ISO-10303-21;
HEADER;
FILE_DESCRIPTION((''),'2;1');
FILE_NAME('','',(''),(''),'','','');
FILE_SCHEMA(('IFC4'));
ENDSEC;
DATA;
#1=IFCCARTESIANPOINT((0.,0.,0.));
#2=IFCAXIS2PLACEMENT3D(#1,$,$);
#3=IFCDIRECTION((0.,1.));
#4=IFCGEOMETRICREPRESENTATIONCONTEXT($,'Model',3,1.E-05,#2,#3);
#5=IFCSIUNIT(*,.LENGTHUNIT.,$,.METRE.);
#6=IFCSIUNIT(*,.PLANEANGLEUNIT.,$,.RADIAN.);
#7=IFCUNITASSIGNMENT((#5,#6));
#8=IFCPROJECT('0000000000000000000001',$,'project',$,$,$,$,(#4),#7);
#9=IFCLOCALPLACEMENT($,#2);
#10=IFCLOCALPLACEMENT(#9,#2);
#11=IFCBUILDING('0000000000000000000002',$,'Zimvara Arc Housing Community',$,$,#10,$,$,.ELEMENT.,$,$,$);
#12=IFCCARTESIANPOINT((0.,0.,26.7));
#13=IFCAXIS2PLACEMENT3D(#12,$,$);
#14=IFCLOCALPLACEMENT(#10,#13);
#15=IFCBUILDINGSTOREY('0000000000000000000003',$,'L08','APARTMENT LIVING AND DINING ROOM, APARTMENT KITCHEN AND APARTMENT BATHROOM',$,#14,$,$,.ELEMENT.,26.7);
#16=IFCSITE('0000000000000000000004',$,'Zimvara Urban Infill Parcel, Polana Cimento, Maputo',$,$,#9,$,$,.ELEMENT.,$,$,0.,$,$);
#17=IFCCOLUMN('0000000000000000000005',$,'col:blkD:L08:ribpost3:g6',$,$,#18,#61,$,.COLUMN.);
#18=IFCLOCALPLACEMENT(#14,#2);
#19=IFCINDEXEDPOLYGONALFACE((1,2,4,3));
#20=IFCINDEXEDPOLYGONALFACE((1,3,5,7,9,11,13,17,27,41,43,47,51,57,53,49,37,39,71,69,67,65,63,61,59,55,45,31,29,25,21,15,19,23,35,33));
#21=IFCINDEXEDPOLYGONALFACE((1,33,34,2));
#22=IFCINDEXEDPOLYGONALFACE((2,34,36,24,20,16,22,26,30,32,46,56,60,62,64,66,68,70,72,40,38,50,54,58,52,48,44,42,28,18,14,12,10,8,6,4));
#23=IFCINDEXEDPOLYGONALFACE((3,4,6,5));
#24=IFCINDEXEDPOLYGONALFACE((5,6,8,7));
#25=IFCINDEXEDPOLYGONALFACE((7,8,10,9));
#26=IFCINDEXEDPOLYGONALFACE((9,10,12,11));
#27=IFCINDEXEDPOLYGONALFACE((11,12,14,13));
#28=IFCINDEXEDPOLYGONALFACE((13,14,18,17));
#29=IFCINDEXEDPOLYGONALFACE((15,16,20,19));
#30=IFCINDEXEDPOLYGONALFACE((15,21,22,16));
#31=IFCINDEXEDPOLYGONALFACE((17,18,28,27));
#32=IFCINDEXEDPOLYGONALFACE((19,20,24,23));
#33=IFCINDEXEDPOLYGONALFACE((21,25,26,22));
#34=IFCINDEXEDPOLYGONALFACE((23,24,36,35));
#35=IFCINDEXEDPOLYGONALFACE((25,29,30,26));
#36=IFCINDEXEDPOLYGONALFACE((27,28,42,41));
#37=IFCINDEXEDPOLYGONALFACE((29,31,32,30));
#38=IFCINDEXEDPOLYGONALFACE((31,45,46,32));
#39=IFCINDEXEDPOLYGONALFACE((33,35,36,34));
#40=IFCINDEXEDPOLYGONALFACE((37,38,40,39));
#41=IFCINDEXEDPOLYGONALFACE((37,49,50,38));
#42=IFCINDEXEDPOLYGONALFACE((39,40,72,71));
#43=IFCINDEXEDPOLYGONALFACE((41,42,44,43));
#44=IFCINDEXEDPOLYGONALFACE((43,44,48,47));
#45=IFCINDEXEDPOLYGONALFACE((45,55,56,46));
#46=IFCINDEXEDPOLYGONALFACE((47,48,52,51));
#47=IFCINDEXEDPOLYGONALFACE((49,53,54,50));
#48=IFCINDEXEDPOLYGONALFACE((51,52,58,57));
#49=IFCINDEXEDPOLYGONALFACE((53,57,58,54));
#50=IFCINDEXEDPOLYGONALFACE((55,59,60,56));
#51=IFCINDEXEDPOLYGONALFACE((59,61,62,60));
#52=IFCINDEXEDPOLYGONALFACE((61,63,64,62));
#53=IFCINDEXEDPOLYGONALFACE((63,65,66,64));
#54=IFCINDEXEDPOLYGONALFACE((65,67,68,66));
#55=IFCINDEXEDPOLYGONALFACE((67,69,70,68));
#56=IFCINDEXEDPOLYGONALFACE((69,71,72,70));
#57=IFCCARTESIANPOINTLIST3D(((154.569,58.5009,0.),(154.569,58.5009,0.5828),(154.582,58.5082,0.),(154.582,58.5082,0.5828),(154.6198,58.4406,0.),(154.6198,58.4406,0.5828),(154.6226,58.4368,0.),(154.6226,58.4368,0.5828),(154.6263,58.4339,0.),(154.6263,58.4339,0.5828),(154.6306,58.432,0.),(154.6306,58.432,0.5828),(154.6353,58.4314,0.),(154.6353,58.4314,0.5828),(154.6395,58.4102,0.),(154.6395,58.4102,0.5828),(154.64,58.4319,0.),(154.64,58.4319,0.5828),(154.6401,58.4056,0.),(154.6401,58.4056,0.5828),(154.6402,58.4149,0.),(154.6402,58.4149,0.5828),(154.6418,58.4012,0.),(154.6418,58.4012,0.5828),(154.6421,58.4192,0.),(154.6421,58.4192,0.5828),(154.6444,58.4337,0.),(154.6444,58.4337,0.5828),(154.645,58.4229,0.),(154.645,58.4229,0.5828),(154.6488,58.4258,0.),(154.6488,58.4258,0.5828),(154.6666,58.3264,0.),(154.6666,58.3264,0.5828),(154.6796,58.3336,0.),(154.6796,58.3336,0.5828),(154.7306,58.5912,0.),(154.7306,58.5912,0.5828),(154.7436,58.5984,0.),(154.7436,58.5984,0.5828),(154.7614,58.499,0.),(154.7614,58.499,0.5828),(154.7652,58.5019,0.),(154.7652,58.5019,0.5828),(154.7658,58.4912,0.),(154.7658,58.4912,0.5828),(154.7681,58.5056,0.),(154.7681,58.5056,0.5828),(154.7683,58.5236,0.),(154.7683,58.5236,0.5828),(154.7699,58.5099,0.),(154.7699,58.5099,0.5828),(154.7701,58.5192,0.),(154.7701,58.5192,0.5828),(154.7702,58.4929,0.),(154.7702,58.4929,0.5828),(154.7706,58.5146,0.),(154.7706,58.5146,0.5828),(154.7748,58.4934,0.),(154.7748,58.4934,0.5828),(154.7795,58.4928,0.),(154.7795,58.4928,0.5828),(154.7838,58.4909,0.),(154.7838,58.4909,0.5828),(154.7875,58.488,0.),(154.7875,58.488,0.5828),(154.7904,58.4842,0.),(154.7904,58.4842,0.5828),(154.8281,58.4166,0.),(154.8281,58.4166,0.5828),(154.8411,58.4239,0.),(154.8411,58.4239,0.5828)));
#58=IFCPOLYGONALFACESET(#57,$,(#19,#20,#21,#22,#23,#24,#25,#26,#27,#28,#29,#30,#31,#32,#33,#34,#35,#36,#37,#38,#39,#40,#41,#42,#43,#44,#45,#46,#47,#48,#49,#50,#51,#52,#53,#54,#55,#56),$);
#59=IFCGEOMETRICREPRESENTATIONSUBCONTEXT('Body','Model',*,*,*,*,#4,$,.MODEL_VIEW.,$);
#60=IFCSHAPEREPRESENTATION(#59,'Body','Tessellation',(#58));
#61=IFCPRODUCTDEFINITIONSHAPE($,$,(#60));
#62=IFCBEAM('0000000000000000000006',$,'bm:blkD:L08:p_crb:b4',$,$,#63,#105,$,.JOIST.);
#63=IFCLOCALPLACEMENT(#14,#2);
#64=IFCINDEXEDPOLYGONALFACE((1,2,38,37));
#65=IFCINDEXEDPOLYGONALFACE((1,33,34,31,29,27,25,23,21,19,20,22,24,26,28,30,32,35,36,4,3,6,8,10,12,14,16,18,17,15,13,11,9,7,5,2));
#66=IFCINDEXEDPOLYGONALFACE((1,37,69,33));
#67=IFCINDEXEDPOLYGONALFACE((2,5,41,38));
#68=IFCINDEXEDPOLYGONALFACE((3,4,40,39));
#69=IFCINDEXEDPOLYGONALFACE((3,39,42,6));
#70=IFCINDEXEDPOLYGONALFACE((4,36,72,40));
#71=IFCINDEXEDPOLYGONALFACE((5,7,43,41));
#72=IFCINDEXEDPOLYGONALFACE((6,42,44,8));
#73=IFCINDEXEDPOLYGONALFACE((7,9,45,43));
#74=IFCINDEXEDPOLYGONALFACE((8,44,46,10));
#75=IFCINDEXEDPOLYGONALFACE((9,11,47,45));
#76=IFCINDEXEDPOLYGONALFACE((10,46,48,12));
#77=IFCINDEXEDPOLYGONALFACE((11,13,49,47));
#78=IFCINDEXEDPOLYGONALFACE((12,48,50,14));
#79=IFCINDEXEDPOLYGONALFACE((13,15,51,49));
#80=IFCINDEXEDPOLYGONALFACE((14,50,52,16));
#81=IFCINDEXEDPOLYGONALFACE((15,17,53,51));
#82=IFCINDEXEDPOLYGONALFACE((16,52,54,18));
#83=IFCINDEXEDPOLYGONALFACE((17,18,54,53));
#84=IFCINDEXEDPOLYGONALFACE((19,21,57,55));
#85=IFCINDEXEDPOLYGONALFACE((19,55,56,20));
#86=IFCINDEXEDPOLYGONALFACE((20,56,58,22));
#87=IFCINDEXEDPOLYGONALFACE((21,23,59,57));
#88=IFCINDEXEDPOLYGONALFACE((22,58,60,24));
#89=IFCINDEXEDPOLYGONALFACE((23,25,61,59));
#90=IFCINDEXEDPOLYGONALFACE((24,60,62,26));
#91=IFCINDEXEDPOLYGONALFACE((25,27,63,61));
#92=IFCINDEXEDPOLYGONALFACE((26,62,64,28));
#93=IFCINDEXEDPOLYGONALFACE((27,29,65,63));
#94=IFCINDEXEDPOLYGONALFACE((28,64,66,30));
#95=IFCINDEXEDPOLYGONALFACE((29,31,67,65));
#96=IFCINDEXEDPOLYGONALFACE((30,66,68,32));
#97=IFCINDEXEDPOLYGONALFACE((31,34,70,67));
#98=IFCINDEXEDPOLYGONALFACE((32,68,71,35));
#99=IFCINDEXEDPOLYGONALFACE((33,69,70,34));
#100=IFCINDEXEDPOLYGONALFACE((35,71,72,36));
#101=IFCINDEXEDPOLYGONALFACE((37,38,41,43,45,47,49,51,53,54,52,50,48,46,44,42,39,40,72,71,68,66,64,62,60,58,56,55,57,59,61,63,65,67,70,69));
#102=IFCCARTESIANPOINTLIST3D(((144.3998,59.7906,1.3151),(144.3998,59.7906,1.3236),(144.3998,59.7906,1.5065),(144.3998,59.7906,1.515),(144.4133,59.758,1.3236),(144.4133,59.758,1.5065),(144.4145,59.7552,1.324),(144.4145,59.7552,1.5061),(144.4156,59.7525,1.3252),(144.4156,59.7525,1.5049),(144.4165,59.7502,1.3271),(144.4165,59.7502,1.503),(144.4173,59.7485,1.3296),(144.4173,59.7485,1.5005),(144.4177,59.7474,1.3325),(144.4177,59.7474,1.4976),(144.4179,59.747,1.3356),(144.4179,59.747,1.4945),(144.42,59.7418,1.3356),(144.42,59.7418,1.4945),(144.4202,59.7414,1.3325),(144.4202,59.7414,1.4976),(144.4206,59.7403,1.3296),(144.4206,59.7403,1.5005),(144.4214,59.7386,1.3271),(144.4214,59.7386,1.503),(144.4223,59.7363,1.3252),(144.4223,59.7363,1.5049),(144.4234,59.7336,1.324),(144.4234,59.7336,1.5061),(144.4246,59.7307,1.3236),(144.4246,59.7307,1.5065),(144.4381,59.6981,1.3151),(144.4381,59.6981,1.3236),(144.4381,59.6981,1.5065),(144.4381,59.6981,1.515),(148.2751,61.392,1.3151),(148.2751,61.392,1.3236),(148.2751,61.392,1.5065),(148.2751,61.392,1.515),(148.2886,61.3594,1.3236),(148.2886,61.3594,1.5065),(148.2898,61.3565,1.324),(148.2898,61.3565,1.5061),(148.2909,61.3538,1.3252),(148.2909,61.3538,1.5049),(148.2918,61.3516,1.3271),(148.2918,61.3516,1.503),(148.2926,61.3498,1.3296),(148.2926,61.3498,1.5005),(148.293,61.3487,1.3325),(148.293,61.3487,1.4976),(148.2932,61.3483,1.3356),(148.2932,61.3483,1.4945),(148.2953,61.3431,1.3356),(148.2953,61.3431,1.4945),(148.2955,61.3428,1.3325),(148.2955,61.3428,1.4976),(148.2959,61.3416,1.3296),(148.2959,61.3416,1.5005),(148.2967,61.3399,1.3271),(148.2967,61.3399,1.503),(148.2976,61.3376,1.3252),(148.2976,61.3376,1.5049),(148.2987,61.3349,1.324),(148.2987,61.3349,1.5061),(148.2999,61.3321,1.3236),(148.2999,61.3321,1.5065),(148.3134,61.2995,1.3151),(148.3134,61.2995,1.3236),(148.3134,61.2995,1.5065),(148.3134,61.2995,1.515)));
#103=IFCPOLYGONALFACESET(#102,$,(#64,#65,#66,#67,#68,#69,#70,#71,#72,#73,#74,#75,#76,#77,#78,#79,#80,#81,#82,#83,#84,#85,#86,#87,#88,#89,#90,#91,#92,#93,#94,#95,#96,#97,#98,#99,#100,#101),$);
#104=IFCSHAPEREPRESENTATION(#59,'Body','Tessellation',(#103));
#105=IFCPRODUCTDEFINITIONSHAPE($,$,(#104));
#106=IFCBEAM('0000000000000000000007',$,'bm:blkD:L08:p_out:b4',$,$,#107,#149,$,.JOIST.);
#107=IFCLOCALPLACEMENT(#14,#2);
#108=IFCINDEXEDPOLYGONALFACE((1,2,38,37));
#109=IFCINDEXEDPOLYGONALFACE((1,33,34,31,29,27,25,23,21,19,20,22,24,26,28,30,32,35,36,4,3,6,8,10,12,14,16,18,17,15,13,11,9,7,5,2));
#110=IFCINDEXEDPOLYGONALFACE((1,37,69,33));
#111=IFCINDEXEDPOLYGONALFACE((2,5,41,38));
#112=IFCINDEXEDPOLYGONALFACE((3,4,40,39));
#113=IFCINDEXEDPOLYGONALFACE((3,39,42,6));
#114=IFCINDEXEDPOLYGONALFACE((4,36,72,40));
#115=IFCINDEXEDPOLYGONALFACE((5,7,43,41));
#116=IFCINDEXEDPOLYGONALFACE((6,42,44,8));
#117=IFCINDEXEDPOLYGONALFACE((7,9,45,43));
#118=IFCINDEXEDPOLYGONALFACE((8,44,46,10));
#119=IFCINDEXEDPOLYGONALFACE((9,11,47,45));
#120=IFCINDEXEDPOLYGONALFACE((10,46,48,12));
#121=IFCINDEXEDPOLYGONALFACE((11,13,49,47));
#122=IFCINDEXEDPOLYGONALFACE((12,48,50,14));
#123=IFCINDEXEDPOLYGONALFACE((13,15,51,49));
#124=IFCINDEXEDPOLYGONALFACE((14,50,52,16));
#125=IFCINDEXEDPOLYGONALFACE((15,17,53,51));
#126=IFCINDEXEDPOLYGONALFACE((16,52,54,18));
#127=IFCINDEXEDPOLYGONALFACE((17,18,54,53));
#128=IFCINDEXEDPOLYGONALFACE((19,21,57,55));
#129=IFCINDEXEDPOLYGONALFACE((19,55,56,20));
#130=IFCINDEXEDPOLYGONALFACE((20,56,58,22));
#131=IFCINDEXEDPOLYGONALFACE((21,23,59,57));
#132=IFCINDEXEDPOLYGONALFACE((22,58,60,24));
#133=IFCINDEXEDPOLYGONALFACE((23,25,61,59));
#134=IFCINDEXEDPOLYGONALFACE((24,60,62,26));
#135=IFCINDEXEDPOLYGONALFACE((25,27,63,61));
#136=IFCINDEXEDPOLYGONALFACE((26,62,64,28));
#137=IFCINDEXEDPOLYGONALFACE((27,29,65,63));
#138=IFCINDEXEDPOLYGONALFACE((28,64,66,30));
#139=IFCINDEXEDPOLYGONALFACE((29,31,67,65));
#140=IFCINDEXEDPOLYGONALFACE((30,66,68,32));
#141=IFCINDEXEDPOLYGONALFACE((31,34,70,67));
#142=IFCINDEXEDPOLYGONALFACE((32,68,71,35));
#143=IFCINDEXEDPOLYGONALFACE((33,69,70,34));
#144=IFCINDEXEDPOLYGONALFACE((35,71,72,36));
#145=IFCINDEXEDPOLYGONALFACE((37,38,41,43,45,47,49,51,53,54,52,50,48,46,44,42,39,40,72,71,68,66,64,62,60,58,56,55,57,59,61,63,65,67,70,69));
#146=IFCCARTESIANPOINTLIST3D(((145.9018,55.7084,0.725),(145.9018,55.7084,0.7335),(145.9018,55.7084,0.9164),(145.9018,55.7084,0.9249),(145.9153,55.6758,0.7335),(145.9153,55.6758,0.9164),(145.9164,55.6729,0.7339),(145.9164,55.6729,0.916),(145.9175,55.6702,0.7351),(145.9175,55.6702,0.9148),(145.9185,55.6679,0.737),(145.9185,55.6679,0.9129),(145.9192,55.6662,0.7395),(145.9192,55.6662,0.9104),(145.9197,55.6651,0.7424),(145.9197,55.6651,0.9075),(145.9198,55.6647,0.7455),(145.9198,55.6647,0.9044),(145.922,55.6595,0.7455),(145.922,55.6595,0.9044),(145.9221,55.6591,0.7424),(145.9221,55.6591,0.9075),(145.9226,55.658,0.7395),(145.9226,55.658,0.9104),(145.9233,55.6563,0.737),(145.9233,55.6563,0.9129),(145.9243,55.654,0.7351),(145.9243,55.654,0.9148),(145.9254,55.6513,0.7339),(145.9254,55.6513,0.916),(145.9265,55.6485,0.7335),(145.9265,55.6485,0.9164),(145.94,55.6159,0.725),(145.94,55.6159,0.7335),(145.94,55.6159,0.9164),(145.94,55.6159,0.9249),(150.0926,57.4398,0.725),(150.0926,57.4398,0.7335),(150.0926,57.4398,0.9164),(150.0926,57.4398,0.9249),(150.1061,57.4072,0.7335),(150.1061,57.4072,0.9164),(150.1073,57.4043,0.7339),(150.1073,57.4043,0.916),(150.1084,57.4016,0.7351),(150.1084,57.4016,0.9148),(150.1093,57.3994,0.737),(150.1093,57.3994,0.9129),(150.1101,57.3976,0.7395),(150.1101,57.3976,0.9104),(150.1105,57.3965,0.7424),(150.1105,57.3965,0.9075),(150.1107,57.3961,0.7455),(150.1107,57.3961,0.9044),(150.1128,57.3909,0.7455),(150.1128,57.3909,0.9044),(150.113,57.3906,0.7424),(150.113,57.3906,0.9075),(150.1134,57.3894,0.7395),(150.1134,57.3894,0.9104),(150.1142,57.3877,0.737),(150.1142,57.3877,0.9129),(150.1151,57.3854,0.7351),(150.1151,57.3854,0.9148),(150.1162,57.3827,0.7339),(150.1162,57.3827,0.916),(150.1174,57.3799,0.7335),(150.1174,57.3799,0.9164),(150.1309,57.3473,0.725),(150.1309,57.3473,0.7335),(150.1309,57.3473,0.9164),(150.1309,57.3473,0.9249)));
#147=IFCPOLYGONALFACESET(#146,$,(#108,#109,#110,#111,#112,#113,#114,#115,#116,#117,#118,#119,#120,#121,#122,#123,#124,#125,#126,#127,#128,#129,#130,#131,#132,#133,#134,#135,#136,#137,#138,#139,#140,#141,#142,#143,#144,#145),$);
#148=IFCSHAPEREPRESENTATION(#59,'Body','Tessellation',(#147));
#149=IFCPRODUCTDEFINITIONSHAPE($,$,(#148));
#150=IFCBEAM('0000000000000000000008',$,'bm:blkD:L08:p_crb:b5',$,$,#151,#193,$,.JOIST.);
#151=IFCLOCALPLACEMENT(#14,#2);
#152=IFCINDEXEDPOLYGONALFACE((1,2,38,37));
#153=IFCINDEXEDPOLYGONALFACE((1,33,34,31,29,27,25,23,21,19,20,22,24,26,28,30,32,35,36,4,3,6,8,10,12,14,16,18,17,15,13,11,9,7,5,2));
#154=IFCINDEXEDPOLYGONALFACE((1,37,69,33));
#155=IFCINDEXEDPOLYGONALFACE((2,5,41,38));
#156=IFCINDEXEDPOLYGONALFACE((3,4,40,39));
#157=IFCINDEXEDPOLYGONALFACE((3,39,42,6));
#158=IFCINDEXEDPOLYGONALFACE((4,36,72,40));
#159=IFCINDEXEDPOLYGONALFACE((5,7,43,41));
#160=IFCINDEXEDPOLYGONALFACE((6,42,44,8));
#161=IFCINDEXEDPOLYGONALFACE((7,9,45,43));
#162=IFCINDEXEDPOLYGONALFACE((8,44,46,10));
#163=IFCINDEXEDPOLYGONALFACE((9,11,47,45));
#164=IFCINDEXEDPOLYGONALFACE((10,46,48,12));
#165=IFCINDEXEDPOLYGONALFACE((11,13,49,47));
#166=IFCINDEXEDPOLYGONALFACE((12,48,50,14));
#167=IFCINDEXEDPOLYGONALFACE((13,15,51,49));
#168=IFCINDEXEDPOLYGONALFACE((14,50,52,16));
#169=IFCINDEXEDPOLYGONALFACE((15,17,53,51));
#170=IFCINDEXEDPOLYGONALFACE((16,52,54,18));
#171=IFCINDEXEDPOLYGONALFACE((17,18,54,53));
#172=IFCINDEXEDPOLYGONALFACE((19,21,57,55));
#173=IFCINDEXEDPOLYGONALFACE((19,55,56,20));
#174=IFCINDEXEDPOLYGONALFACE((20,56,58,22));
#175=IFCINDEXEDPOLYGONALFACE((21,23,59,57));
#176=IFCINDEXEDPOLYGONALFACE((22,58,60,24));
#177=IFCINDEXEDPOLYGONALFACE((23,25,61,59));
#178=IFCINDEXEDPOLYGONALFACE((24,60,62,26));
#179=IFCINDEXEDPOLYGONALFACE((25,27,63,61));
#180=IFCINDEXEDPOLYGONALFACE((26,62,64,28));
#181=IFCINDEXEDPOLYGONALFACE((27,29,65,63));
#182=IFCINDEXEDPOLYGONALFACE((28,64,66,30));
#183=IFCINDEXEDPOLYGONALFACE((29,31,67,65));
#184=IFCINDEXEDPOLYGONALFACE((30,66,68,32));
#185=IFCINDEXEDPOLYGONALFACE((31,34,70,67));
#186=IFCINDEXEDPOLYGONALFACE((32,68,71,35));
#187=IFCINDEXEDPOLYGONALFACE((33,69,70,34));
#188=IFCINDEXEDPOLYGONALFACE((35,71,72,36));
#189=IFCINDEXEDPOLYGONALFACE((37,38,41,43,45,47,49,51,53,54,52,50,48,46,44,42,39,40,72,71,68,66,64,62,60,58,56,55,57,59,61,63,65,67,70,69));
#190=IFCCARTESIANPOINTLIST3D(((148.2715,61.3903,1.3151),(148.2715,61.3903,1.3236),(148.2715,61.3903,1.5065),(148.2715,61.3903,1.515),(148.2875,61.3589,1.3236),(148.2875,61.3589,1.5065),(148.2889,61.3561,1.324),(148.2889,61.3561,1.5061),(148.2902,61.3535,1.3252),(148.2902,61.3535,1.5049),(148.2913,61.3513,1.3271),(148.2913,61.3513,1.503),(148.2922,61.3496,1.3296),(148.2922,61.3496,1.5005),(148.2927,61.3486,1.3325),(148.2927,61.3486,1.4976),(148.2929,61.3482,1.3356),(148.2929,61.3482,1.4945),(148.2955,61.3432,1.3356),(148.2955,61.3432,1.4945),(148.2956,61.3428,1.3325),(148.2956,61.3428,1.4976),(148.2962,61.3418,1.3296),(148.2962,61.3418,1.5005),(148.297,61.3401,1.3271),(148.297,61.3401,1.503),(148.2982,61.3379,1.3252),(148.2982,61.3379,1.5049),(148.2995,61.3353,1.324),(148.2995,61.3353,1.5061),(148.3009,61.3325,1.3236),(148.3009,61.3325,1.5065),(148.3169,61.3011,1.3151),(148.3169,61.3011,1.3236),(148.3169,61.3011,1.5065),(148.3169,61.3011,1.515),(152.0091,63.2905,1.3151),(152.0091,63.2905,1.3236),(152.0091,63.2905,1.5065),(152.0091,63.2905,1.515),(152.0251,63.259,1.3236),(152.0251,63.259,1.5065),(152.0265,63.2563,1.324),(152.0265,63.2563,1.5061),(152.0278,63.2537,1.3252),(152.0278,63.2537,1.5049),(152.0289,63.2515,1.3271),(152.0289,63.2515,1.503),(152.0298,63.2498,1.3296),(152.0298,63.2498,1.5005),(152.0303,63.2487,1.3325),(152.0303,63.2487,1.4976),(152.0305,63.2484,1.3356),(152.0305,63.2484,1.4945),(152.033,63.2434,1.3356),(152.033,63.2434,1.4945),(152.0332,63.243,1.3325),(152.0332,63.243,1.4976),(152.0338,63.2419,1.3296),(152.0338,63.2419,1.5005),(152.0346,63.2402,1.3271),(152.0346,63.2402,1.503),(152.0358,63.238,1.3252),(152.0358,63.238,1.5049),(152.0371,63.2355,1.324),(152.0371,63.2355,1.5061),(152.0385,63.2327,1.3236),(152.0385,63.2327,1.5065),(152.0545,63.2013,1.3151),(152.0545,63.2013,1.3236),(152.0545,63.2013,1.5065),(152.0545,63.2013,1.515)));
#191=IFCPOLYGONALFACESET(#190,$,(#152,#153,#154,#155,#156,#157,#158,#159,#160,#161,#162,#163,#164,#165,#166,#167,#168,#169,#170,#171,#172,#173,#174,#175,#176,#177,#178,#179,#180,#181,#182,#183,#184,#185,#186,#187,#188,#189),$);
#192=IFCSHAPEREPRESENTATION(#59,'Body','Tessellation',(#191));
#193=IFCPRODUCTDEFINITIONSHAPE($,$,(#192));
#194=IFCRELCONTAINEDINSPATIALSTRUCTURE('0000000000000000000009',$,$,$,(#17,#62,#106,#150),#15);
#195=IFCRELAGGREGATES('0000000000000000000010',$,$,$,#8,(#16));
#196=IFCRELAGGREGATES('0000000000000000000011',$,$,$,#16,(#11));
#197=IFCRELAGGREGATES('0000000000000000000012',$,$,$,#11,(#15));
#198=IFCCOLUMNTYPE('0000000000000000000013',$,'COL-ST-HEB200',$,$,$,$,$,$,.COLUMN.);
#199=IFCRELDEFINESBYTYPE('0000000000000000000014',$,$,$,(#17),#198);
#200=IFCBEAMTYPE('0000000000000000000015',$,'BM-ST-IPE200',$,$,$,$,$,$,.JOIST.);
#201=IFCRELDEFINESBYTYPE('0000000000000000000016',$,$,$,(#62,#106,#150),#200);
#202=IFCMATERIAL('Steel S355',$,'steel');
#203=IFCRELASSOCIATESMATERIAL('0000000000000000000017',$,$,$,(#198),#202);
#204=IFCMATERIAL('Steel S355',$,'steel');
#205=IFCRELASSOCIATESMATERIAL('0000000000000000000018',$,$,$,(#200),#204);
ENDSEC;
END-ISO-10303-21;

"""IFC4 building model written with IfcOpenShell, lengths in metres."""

from ifc_helpers import new_model, si_unit, direction, frame, origin, origin_2d, place, context, subcontext, project, spatial, i_section, extrude, material, material_profile, profile_set, type_object, element, save


model = new_model("IFC4")

# Units and contexts
model_context = context("Model", 3, precision=1e-05, world=origin(), true_north=direction((0.0, 1.0)))
body_context = subcontext(model_context, "Body", "Model", "MODEL_VIEW")
ifc_project = project(units=[si_unit("LENGTHUNIT", "METRE"), si_unit("PLANEANGLEUNIT", "RADIAN")], contexts=[model_context])

# Site, building, storey
site_placement = place(None, origin())
site = spatial("IfcSite", under=ifc_project, at=site_placement, Name="Zimvara Urban Infill Parcel, Polana Cimento, Maputo", CompositionType="ELEMENT", RefElevation=0.0)
building_placement = place(site_placement, origin())
building = spatial("IfcBuilding", under=site, at=building_placement, Name="Zimvara Arc Housing Community", CompositionType="ELEMENT")
storey_placement = place(building_placement, frame((0.0, 0.0, 26.7)))
storey = spatial("IfcBuildingStorey", under=building, at=storey_placement, Name="L08", Description="APARTMENT LIVING AND DINING ROOM, APARTMENT KITCHEN AND APARTMENT BATHROOM", CompositionType="ELEMENT", Elevation=26.7)

# Column
ifc_material_1 = material(Name="Steel S355", Category="steel")
ifc_material_profile_1 = material_profile(ifc_material_1, i_section(OverallWidth=0.2, OverallDepth=0.2, WebThickness=0.009, FlangeThickness=0.0149, FilletRadius=0.0181, at=origin_2d()), Name="HEB 200")
ifc_profile_set_1 = profile_set([ifc_material_profile_1], Name="Steel S355")
column_type = type_object("IfcColumnType", Name="COL-ST-HEB200", PredefinedType="COLUMN", material=ifc_profile_set_1)
for number, where, z_axis, x_axis, name in (
    (1, (154.7051, 58.4624, 0.0), (0.0, 0.0, 1.0), (0.48786, -0.872922, 0.0), "col:blkD:L08:ribpost3:g6"),
):
    element("IfcColumn", number, at=place(storey_placement, frame(where, z_axis=z_axis, x_axis=x_axis)), inside=storey, type_object=column_type, Name=name, PredefinedType="COLUMN", context=body_context, shape_type="SweptSolid", body=[
        extrude(i_section(OverallWidth=0.2, OverallDepth=0.2, WebThickness=0.009, FlangeThickness=0.0149, FilletRadius=0.0181, at=origin_2d()), origin(), (0.0, 0.0, 1.0), 0.5828),
    ])

# Beams
ifc_material_2 = material(Name="Steel S355", Category="steel")
ifc_material_profile_2 = material_profile(ifc_material_2, i_section(OverallWidth=0.1001, OverallDepth=0.2, WebThickness=0.0056, FlangeThickness=0.0085, FilletRadius=0.012, at=origin_2d()), Name="IPE 200")
ifc_profile_set_2 = profile_set([ifc_material_profile_2], Name="Steel S355")
beam_type_1 = type_object("IfcBeamType", Name="BM-ST-IPE200", PredefinedType="JOIST", material=ifc_profile_set_2)
beam_1_placement = place(storey_placement, frame((144.4189, 59.7444, 1.415), z_axis=(0.924205, 0.381897, 0.0), x_axis=(-0.381897, 0.924205, 0.0)))
element("IfcBeam", 2, at=beam_1_placement, inside=storey, type_object=beam_type_1, Name="bm:blkD:L08:p_crb:b4", PredefinedType="JOIST", context=body_context, shape_type="SweptSolid", body=[
    extrude(i_section(OverallWidth=0.1001, OverallDepth=0.2, WebThickness=0.0056, FlangeThickness=0.0085, FilletRadius=0.012, at=origin_2d()), origin(), (0.0, 0.0, 1.0), 4.1931),
])
beam_2_placement = place(storey_placement, frame((145.9209, 55.6621, 0.825), z_axis=(0.924229, 0.381838, 0.0), x_axis=(-0.381838, 0.924229, 0.0)))
element("IfcBeam", 3, at=beam_2_placement, inside=storey, type_object=beam_type_1, Name="bm:blkD:L08:p_out:b4", PredefinedType="JOIST", context=body_context, shape_type="SweptSolid", body=[
    extrude(i_section(OverallWidth=0.1001, OverallDepth=0.2, WebThickness=0.0056, FlangeThickness=0.0085, FilletRadius=0.012, at=origin_2d()), origin(), (0.0, 0.0, 1.0), 4.5344),
])
beam_3_placement = place(storey_placement, frame((148.2942, 61.3457, 1.415), z_axis=(0.891414, 0.453189, 0.0), x_axis=(-0.453189, 0.891414, 0.0)))
element("IfcBeam", 4, at=beam_3_placement, inside=storey, type_object=beam_type_1, Name="bm:blkD:L08:p_crb:b5", PredefinedType="JOIST", context=body_context, shape_type="SweptSolid", body=[
    extrude(i_section(OverallWidth=0.1001, OverallDepth=0.2, WebThickness=0.0056, FlangeThickness=0.0085, FilletRadius=0.012, at=origin_2d()), origin(), (0.0, 0.0, 1.0), 4.1929),
])

save(model, "model.ifc")
